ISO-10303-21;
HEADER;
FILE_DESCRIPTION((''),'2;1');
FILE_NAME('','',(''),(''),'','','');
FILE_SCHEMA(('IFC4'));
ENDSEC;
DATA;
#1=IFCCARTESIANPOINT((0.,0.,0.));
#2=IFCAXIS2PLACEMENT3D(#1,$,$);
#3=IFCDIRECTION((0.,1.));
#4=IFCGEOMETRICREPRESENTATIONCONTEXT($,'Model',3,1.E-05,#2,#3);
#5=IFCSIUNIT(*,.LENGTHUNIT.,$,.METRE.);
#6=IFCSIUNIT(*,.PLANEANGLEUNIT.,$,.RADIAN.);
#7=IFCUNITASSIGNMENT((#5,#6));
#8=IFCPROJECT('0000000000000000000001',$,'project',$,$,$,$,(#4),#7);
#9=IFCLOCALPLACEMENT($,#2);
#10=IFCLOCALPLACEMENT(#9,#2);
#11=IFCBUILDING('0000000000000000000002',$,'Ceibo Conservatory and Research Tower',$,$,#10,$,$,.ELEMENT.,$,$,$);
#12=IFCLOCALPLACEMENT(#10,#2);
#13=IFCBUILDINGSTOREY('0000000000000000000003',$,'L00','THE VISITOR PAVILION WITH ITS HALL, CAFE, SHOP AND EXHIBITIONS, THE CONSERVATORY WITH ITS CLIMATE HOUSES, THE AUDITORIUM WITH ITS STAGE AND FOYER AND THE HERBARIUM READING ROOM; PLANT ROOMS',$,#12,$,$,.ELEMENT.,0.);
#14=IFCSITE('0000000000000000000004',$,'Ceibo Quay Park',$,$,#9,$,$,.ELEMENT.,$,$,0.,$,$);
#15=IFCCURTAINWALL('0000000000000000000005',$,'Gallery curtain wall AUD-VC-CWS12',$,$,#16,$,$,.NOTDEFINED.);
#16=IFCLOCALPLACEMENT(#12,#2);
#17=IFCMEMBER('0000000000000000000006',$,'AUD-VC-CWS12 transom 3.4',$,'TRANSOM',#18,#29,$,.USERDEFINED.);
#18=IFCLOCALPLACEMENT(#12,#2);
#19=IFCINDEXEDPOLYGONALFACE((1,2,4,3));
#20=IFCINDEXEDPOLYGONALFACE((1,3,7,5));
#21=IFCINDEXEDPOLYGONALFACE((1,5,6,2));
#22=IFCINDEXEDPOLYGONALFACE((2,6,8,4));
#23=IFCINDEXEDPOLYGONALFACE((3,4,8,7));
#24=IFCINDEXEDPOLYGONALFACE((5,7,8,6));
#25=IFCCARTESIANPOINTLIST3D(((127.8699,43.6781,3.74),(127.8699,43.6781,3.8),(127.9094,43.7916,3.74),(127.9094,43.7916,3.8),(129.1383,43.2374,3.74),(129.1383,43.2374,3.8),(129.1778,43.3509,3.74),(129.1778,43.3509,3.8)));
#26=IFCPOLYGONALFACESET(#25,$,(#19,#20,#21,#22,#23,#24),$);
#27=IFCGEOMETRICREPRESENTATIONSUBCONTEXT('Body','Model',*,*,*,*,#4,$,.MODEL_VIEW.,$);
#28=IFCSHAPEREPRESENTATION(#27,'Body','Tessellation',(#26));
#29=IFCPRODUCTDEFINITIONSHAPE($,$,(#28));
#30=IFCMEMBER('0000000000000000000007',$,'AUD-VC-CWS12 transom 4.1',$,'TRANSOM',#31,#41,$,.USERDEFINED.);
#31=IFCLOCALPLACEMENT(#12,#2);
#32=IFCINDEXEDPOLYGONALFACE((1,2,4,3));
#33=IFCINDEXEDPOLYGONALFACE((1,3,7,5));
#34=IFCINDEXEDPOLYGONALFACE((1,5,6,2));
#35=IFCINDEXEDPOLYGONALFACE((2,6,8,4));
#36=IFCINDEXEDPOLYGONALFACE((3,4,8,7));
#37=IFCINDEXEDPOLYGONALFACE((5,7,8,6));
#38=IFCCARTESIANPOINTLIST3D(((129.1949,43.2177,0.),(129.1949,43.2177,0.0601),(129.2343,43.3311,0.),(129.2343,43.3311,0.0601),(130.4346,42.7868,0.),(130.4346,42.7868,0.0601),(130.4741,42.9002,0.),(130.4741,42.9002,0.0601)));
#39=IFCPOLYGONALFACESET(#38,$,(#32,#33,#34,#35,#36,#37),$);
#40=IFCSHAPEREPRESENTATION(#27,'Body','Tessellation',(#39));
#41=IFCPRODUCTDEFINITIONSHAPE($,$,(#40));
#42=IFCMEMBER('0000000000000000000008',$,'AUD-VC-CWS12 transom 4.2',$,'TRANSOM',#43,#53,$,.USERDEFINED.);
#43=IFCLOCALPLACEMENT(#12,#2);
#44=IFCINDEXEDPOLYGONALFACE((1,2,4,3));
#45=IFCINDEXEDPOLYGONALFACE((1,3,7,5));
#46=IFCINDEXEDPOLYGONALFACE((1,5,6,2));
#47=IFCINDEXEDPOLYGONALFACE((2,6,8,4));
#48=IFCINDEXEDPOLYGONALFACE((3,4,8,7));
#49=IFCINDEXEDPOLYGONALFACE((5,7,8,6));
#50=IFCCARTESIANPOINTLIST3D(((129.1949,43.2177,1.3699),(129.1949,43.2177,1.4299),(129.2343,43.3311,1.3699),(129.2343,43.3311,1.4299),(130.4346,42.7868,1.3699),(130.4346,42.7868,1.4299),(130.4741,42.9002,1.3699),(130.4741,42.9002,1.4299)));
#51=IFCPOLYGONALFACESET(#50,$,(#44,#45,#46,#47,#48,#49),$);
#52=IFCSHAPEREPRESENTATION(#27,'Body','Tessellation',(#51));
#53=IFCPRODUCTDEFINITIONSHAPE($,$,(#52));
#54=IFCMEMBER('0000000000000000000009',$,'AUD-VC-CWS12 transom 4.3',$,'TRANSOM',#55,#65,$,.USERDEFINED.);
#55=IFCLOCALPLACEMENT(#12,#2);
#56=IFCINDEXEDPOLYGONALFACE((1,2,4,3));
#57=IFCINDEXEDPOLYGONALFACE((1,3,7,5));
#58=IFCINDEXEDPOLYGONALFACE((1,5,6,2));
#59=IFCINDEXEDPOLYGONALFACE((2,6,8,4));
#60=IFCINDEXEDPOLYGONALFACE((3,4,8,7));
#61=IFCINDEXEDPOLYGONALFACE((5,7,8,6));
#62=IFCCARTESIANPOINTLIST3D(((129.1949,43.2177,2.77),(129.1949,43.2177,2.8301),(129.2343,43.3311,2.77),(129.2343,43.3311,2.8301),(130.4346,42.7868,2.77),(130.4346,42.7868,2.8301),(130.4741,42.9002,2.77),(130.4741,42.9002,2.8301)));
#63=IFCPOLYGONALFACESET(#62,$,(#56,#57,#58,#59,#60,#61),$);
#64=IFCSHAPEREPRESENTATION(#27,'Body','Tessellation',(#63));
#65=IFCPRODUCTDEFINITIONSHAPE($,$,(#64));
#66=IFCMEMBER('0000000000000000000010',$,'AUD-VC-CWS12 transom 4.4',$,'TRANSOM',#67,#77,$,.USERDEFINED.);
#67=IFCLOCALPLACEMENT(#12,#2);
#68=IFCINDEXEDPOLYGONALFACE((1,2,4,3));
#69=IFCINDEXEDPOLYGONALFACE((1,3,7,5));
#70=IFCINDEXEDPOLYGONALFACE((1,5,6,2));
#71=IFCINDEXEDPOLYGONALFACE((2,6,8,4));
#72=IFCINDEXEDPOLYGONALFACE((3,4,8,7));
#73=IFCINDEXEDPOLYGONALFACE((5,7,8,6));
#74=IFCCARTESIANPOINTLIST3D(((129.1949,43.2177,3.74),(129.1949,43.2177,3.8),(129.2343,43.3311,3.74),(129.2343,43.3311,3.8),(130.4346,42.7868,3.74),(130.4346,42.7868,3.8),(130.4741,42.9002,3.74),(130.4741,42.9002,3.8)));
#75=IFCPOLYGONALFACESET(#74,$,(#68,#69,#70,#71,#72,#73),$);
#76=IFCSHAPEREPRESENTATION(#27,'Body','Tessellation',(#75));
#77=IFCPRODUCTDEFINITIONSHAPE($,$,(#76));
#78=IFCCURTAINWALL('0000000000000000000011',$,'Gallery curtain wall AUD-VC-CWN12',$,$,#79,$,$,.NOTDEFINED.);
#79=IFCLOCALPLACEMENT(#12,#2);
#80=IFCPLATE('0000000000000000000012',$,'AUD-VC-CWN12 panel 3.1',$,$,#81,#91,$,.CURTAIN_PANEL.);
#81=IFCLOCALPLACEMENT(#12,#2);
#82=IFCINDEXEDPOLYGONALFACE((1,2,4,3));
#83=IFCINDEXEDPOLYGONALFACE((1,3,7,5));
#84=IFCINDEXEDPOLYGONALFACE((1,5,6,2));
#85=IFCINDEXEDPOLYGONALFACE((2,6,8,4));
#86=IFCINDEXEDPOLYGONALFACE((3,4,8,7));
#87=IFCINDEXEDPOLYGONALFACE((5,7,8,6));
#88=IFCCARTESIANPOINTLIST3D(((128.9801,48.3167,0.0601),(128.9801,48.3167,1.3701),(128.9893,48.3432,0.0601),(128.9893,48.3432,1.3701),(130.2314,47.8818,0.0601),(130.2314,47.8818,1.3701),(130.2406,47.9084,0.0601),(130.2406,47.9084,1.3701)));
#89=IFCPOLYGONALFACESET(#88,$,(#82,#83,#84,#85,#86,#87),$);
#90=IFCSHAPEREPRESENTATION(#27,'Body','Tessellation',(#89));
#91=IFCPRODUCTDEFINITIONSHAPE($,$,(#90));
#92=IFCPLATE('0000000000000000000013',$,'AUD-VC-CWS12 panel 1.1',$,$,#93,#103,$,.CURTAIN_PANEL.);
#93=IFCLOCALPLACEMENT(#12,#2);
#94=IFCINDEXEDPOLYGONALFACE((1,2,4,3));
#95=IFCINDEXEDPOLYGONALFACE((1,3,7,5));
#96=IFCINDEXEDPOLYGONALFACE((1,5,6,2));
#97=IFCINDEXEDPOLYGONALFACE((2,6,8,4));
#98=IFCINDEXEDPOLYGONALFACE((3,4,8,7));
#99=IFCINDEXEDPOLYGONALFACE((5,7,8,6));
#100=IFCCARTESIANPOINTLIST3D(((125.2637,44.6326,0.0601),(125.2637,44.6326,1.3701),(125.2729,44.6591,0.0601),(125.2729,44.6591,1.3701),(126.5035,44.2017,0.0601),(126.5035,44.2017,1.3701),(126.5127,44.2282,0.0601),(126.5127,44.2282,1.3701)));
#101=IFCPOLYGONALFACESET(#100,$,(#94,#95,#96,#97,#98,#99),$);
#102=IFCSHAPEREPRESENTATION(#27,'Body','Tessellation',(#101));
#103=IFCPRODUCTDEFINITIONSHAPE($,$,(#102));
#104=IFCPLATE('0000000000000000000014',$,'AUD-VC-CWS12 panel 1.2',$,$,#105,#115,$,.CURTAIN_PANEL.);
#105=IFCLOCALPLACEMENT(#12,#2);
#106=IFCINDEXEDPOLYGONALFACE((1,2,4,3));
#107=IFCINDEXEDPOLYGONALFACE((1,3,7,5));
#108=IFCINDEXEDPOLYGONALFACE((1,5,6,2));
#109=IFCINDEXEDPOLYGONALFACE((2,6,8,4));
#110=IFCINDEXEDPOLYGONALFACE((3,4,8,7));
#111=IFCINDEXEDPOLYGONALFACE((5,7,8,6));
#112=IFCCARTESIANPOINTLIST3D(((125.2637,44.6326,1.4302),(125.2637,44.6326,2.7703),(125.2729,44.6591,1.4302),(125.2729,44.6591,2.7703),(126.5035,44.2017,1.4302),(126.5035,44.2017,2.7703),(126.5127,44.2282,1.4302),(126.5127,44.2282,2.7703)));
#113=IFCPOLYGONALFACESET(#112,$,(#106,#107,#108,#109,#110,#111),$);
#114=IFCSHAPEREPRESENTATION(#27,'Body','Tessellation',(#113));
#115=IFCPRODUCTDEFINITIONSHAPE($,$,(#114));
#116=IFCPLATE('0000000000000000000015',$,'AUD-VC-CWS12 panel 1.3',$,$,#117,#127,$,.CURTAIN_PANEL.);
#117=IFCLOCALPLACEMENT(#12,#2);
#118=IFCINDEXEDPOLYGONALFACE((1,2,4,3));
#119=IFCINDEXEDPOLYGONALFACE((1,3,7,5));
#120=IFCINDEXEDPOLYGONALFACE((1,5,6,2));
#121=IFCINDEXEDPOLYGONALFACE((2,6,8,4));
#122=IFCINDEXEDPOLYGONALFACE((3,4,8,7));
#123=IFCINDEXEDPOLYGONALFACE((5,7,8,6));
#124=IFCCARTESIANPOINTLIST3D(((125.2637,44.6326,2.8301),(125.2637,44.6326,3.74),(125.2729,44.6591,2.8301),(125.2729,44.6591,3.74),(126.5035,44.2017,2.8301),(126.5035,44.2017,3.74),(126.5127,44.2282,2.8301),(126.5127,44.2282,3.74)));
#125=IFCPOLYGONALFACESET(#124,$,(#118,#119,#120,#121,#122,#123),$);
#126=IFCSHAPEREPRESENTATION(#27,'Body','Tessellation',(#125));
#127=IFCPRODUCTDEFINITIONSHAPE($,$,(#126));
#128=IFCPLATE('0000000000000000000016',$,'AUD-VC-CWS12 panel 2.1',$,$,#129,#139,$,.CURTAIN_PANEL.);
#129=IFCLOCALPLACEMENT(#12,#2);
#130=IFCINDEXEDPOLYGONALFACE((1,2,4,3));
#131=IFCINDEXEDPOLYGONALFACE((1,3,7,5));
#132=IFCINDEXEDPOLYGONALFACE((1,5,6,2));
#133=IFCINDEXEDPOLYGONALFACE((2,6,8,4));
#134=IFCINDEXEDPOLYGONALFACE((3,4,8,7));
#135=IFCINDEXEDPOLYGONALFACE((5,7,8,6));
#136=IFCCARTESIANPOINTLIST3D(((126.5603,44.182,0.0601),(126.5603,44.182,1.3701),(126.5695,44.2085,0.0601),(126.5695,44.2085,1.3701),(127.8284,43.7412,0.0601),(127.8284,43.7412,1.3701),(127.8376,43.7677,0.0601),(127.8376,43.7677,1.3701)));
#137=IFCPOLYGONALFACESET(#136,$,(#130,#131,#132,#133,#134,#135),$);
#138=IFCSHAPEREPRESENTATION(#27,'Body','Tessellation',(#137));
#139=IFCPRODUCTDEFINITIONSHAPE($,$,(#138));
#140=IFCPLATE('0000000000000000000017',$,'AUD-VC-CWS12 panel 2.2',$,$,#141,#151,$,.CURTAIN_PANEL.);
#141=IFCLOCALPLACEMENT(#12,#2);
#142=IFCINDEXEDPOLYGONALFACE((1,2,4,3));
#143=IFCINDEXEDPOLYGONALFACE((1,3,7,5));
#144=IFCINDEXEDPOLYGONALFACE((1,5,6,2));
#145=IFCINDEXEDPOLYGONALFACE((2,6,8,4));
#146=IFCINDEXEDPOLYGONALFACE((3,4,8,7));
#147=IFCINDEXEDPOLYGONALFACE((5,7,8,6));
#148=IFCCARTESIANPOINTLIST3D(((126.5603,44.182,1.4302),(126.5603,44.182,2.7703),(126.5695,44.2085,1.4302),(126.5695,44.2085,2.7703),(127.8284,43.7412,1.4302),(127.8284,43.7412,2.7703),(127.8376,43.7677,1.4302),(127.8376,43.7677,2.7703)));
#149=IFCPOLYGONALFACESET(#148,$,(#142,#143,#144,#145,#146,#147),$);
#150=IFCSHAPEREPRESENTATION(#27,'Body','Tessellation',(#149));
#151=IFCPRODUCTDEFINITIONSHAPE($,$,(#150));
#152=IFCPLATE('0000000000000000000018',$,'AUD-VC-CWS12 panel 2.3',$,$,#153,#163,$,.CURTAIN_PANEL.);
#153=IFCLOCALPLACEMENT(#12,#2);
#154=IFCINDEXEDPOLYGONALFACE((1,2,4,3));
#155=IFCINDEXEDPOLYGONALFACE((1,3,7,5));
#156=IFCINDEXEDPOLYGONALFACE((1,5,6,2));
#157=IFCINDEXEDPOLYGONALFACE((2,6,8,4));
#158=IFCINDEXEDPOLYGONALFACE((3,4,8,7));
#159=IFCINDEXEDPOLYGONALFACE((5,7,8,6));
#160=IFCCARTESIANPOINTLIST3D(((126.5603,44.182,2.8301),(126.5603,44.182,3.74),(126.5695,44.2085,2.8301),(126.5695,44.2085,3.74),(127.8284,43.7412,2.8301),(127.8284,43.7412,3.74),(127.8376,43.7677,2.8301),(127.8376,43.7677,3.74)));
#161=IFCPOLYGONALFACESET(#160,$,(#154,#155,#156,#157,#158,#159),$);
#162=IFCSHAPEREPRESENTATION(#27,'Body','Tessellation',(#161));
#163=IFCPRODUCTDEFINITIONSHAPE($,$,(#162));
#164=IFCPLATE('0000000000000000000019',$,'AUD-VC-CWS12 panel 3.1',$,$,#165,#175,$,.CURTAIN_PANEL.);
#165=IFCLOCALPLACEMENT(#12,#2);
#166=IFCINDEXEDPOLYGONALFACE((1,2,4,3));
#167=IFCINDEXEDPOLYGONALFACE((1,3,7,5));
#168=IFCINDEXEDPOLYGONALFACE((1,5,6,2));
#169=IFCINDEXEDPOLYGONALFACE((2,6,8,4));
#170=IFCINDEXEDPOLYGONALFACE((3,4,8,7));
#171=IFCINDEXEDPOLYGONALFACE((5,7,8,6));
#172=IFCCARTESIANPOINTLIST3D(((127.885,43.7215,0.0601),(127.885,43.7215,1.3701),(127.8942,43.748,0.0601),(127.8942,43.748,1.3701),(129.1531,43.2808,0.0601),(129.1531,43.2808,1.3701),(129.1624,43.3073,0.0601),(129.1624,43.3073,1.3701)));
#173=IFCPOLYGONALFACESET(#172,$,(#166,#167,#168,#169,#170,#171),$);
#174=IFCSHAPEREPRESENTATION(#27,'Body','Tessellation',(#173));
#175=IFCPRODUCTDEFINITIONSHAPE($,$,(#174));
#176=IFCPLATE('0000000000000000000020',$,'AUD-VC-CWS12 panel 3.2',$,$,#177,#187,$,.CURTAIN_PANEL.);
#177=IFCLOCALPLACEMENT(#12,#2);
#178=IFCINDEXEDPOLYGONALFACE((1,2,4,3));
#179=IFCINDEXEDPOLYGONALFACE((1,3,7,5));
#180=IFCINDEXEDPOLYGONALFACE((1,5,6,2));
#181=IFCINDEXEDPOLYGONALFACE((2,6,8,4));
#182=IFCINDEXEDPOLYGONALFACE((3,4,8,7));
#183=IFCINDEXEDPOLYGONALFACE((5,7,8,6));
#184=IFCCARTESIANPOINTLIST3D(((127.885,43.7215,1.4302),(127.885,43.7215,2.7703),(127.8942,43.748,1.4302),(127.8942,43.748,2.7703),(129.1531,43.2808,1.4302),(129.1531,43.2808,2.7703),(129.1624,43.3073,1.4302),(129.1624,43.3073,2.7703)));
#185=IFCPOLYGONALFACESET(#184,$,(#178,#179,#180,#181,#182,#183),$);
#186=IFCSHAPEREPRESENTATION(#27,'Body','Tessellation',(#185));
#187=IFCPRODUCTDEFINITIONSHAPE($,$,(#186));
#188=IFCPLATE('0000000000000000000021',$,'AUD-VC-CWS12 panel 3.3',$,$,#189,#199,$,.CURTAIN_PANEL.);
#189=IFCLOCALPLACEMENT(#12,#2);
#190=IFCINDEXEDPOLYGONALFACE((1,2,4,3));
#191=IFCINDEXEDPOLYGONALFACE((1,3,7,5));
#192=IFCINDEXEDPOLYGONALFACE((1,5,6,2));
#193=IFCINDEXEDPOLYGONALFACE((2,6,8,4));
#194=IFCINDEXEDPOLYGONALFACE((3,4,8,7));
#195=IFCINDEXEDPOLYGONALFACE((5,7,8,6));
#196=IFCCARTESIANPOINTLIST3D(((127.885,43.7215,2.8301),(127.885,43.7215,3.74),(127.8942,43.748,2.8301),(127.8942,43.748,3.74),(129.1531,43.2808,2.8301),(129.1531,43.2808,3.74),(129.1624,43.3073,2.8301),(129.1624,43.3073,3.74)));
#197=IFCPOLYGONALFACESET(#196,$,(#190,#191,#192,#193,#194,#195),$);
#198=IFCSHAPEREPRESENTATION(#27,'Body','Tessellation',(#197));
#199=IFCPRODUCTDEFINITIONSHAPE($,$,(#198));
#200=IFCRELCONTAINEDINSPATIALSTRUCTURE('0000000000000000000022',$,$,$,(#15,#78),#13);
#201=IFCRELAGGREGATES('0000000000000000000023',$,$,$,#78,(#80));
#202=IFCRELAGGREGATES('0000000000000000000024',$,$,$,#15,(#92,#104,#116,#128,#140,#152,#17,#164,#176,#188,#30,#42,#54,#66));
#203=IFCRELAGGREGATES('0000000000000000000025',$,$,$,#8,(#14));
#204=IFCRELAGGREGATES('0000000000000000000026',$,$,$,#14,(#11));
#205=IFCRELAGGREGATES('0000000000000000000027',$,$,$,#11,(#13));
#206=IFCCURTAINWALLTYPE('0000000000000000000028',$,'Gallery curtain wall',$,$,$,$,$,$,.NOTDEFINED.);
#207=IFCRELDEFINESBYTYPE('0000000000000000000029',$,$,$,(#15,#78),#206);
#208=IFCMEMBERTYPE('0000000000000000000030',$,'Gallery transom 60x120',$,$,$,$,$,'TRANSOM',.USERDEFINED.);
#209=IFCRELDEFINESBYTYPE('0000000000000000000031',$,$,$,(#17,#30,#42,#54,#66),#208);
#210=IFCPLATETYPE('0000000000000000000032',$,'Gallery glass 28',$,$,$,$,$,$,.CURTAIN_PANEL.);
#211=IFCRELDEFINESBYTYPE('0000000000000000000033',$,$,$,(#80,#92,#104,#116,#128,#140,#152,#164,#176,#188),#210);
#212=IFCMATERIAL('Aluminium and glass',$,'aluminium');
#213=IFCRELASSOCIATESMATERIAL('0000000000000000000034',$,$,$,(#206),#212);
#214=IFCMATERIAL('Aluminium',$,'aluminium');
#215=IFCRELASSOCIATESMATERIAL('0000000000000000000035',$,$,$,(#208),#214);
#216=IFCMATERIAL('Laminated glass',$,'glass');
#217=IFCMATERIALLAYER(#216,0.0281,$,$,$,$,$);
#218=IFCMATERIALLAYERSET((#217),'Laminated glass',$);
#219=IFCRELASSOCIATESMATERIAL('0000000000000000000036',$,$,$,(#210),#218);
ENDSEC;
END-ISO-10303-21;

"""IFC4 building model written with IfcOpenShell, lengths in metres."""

from ifc_helpers import new_model, si_unit, direction, frame, origin, origin_2d, place, context, subcontext, project, spatial, rectangle, extrude, material, layer, layer_set, material_profile, profile_set, type_object, element, aggregate, save


model = new_model("IFC4")

# Units and contexts
model_context = context("Model", 3, precision=1e-05, world=origin(), true_north=direction((0.0, 1.0)))
body_context = subcontext(model_context, "Body", "Model", "MODEL_VIEW")
ifc_project = project(units=[si_unit("LENGTHUNIT", "METRE"), si_unit("PLANEANGLEUNIT", "RADIAN")], contexts=[model_context])

# Site, building, storey
site_placement = place(None, origin())
site = spatial("IfcSite", under=ifc_project, at=site_placement, Name="Ceibo Quay Park", CompositionType="ELEMENT", RefElevation=0.0)
building_placement = place(site_placement, origin())
building = spatial("IfcBuilding", under=site, at=building_placement, Name="Ceibo Conservatory and Research Tower", CompositionType="ELEMENT")
storey_placement = place(building_placement, origin())
storey = spatial("IfcBuildingStorey", under=building, at=storey_placement, Name="L00", Description="THE VISITOR PAVILION WITH ITS HALL, CAFE, SHOP AND EXHIBITIONS, THE CONSERVATORY WITH ITS CLIMATE HOUSES, THE AUDITORIUM WITH ITS STAGE AND FOYER AND THE HERBARIUM READING ROOM; PLANT ROOMS", CompositionType="ELEMENT", Elevation=0.0)

# Curtain wall, members
ifc_material_1 = material(Name="Aluminium and glass", Category="aluminium")
curtain_wall_type = type_object("IfcCurtainWallType", Name="Gallery curtain wall", PredefinedType="NOTDEFINED", material=ifc_material_1)
curtain_wall_1_placement = place(storey_placement, origin())
curtain_wall_1 = element("IfcCurtainWall", 1, at=curtain_wall_1_placement, inside=storey, type_object=curtain_wall_type, Name="Gallery curtain wall AUD-VC-CWS12", PredefinedType="NOTDEFINED")
ifc_material_2 = material(Name="Aluminium", Category="aluminium")
ifc_material_profile_1 = material_profile(ifc_material_2, rectangle(XDim=0.1201, YDim=0.0601, at=origin_2d()), Name="AL 60x120")
ifc_profile_set_1 = profile_set([ifc_material_profile_1], Name="Aluminium")
member_type_1 = type_object("IfcMemberType", Name="Gallery transom 60x120", ElementType="TRANSOM", PredefinedType="USERDEFINED", material=ifc_profile_set_1)
member_1_placement = place(storey_placement, frame((127.8896, 43.7349, 3.77), z_axis=(0.944607, -0.328203, 0.0), x_axis=(0.328203, 0.944607, 0.0)))
member_1 = element("IfcMember", 2, at=member_1_placement, type_object=member_type_1, Name="AUD-VC-CWS12 transom 3.4", ObjectType="TRANSOM", PredefinedType="USERDEFINED", context=body_context, shape_type="SweptSolid", body=[
    extrude(rectangle(XDim=0.1201, YDim=0.0601, at=origin_2d()), origin(), (0.0, 0.0, 1.0), 1.3428),
])
member_2_placement = place(storey_placement, frame((129.2146, 43.2744, 0.03), z_axis=(0.94457, -0.328311, 0.0), x_axis=(0.328311, 0.94457, 0.0)))
member_2 = element("IfcMember", 3, at=member_2_placement, type_object=member_type_1, Name="AUD-VC-CWS12 transom 4.1", ObjectType="TRANSOM", PredefinedType="USERDEFINED", context=body_context, shape_type="SweptSolid", body=[
    extrude(rectangle(XDim=0.1201, YDim=0.0601, at=origin_2d()), origin(), (0.0, 0.0, 1.0), 1.3125),
])
member_3_placement = place(storey_placement, frame((129.2146, 43.2744, 1.3999), z_axis=(0.94457, -0.328311, 0.0), x_axis=(0.328311, 0.94457, 0.0)))
member_3 = element("IfcMember", 4, at=member_3_placement, type_object=member_type_1, Name="AUD-VC-CWS12 transom 4.2", ObjectType="TRANSOM", PredefinedType="USERDEFINED", context=body_context, shape_type="SweptSolid", body=[
    extrude(rectangle(XDim=0.1201, YDim=0.0601, at=origin_2d()), origin(), (0.0, 0.0, 1.0), 1.3125),
])
member_4_placement = place(storey_placement, frame((129.2146, 43.2744, 2.8), z_axis=(0.94457, -0.328311, 0.0), x_axis=(0.328311, 0.94457, 0.0)))
member_4 = element("IfcMember", 5, at=member_4_placement, type_object=member_type_1, Name="AUD-VC-CWS12 transom 4.3", ObjectType="TRANSOM", PredefinedType="USERDEFINED", context=body_context, shape_type="SweptSolid", body=[
    extrude(rectangle(XDim=0.1201, YDim=0.0601, at=origin_2d()), origin(), (0.0, 0.0, 1.0), 1.3125),
])
member_5_placement = place(storey_placement, frame((129.2146, 43.2744, 3.77), z_axis=(0.94457, -0.328311, 0.0), x_axis=(0.328311, 0.94457, 0.0)))
member_5 = element("IfcMember", 6, at=member_5_placement, type_object=member_type_1, Name="AUD-VC-CWS12 transom 4.4", ObjectType="TRANSOM", PredefinedType="USERDEFINED", context=body_context, shape_type="SweptSolid", body=[
    extrude(rectangle(XDim=0.1201, YDim=0.0601, at=origin_2d()), origin(), (0.0, 0.0, 1.0), 1.3125),
])

# Curtain wall, plate
curtain_wall_2_placement = place(storey_placement, origin())
curtain_wall_2 = element("IfcCurtainWall", 7, at=curtain_wall_2_placement, inside=storey, type_object=curtain_wall_type, Name="Gallery curtain wall AUD-VC-CWN12", PredefinedType="NOTDEFINED")
ifc_material_3 = material(Name="Laminated glass", Category="glass")
ifc_layer = layer(ifc_material_3, 0.0281)
ifc_layer_set = layer_set([ifc_layer], Name="Laminated glass")
plate_type = type_object("IfcPlateType", Name="Gallery glass 28", PredefinedType="CURTAIN_PANEL", material=ifc_layer_set)
plate_1_placement = place(storey_placement, frame((129.6104, 48.1125, 0.0601), z_axis=(0.0, 0.0, 1.0), x_axis=(0.944579, -0.328284, 0.0)))
plate_1 = element("IfcPlate", 8, at=plate_1_placement, type_object=plate_type, Name="AUD-VC-CWN12 panel 3.1", PredefinedType="CURTAIN_PANEL", context=body_context, shape_type="SweptSolid", body=[
    extrude(rectangle(XDim=1.3247, YDim=0.0281, at=origin_2d()), origin(), (0.0, 0.0, 1.0), 1.3101),
])
aggregate(curtain_wall_2, [plate_1])

# Plates
plate_2_placement = place(storey_placement, frame((125.8882, 44.4304, 0.0601), z_axis=(0.0, 0.0, 1.0), x_axis=(0.944579, -0.328284, 0.0)))
plate_2 = element("IfcPlate", 9, at=plate_2_placement, type_object=plate_type, Name="AUD-VC-CWS12 panel 1.1", PredefinedType="CURTAIN_PANEL", context=body_context, shape_type="SweptSolid", body=[
    extrude(rectangle(XDim=1.3125, YDim=0.0281, at=origin_2d()), origin(), (0.0, 0.0, 1.0), 1.3101),
])
plate_3_placement = place(storey_placement, frame((125.8882, 44.4304, 1.4302), z_axis=(0.0, 0.0, 1.0), x_axis=(0.944579, -0.328284, 0.0)))
plate_3 = element("IfcPlate", 10, at=plate_3_placement, type_object=plate_type, Name="AUD-VC-CWS12 panel 1.2", PredefinedType="CURTAIN_PANEL", context=body_context, shape_type="SweptSolid", body=[
    extrude(rectangle(XDim=1.3125, YDim=0.0281, at=origin_2d()), origin(), (0.0, 0.0, 1.0), 1.3401),
])
plate_4_placement = place(storey_placement, frame((125.8882, 44.4304, 2.8301), z_axis=(0.0, 0.0, 1.0), x_axis=(0.944579, -0.328284, 0.0)))
plate_4 = element("IfcPlate", 11, at=plate_4_placement, type_object=plate_type, Name="AUD-VC-CWS12 panel 1.3", PredefinedType="CURTAIN_PANEL", context=body_context, shape_type="SweptSolid", body=[
    extrude(rectangle(XDim=1.3125, YDim=0.0281, at=origin_2d()), origin(), (0.0, 0.0, 1.0), 0.9099),
])
plate_5_placement = place(storey_placement, frame((127.199, 43.9749, 0.0601), z_axis=(0.0, 0.0, 1.0), x_axis=(0.944579, -0.328284, 0.0)))
plate_5 = element("IfcPlate", 12, at=plate_5_placement, type_object=plate_type, Name="AUD-VC-CWS12 panel 2.1", PredefinedType="CURTAIN_PANEL", context=body_context, shape_type="SweptSolid", body=[
    extrude(rectangle(XDim=1.3425, YDim=0.0281, at=origin_2d()), origin(), (0.0, 0.0, 1.0), 1.3101),
])
plate_6_placement = place(storey_placement, frame((127.199, 43.9749, 1.4302), z_axis=(0.0, 0.0, 1.0), x_axis=(0.944579, -0.328284, 0.0)))
plate_6 = element("IfcPlate", 13, at=plate_6_placement, type_object=plate_type, Name="AUD-VC-CWS12 panel 2.2", PredefinedType="CURTAIN_PANEL", context=body_context, shape_type="SweptSolid", body=[
    extrude(rectangle(XDim=1.3425, YDim=0.0281, at=origin_2d()), origin(), (0.0, 0.0, 1.0), 1.3401),
])
plate_7_placement = place(storey_placement, frame((127.199, 43.9749, 2.8301), z_axis=(0.0, 0.0, 1.0), x_axis=(0.944579, -0.328284, 0.0)))
plate_7 = element("IfcPlate", 14, at=plate_7_placement, type_object=plate_type, Name="AUD-VC-CWS12 panel 2.3", PredefinedType="CURTAIN_PANEL", context=body_context, shape_type="SweptSolid", body=[
    extrude(rectangle(XDim=1.3425, YDim=0.0281, at=origin_2d()), origin(), (0.0, 0.0, 1.0), 0.9099),
])
plate_8_placement = place(storey_placement, frame((128.5237, 43.5144, 0.0601), z_axis=(0.0, 0.0, 1.0), x_axis=(0.944579, -0.328284, 0.0)))
plate_8 = element("IfcPlate", 15, at=plate_8_placement, type_object=plate_type, Name="AUD-VC-CWS12 panel 3.1", PredefinedType="CURTAIN_PANEL", context=body_context, shape_type="SweptSolid", body=[
    extrude(rectangle(XDim=1.3425, YDim=0.0281, at=origin_2d()), origin(), (0.0, 0.0, 1.0), 1.3101),
])
plate_9_placement = place(storey_placement, frame((128.5237, 43.5144, 1.4302), z_axis=(0.0, 0.0, 1.0), x_axis=(0.944579, -0.328284, 0.0)))
plate_9 = element("IfcPlate", 16, at=plate_9_placement, type_object=plate_type, Name="AUD-VC-CWS12 panel 3.2", PredefinedType="CURTAIN_PANEL", context=body_context, shape_type="SweptSolid", body=[
    extrude(rectangle(XDim=1.3425, YDim=0.0281, at=origin_2d()), origin(), (0.0, 0.0, 1.0), 1.3401),
])
plate_10_placement = place(storey_placement, frame((128.5237, 43.5144, 2.8301), z_axis=(0.0, 0.0, 1.0), x_axis=(0.944579, -0.328284, 0.0)))
plate_10 = element("IfcPlate", 17, at=plate_10_placement, type_object=plate_type, Name="AUD-VC-CWS12 panel 3.3", PredefinedType="CURTAIN_PANEL", context=body_context, shape_type="SweptSolid", body=[
    extrude(rectangle(XDim=1.3425, YDim=0.0281, at=origin_2d()), origin(), (0.0, 0.0, 1.0), 0.9099),
])
aggregate(curtain_wall_1, [plate_2, plate_3, plate_4, plate_5, plate_6, plate_7, member_1, plate_8, plate_9, plate_10, member_2, member_3, member_4, member_5])

save(model, "model.ifc")
